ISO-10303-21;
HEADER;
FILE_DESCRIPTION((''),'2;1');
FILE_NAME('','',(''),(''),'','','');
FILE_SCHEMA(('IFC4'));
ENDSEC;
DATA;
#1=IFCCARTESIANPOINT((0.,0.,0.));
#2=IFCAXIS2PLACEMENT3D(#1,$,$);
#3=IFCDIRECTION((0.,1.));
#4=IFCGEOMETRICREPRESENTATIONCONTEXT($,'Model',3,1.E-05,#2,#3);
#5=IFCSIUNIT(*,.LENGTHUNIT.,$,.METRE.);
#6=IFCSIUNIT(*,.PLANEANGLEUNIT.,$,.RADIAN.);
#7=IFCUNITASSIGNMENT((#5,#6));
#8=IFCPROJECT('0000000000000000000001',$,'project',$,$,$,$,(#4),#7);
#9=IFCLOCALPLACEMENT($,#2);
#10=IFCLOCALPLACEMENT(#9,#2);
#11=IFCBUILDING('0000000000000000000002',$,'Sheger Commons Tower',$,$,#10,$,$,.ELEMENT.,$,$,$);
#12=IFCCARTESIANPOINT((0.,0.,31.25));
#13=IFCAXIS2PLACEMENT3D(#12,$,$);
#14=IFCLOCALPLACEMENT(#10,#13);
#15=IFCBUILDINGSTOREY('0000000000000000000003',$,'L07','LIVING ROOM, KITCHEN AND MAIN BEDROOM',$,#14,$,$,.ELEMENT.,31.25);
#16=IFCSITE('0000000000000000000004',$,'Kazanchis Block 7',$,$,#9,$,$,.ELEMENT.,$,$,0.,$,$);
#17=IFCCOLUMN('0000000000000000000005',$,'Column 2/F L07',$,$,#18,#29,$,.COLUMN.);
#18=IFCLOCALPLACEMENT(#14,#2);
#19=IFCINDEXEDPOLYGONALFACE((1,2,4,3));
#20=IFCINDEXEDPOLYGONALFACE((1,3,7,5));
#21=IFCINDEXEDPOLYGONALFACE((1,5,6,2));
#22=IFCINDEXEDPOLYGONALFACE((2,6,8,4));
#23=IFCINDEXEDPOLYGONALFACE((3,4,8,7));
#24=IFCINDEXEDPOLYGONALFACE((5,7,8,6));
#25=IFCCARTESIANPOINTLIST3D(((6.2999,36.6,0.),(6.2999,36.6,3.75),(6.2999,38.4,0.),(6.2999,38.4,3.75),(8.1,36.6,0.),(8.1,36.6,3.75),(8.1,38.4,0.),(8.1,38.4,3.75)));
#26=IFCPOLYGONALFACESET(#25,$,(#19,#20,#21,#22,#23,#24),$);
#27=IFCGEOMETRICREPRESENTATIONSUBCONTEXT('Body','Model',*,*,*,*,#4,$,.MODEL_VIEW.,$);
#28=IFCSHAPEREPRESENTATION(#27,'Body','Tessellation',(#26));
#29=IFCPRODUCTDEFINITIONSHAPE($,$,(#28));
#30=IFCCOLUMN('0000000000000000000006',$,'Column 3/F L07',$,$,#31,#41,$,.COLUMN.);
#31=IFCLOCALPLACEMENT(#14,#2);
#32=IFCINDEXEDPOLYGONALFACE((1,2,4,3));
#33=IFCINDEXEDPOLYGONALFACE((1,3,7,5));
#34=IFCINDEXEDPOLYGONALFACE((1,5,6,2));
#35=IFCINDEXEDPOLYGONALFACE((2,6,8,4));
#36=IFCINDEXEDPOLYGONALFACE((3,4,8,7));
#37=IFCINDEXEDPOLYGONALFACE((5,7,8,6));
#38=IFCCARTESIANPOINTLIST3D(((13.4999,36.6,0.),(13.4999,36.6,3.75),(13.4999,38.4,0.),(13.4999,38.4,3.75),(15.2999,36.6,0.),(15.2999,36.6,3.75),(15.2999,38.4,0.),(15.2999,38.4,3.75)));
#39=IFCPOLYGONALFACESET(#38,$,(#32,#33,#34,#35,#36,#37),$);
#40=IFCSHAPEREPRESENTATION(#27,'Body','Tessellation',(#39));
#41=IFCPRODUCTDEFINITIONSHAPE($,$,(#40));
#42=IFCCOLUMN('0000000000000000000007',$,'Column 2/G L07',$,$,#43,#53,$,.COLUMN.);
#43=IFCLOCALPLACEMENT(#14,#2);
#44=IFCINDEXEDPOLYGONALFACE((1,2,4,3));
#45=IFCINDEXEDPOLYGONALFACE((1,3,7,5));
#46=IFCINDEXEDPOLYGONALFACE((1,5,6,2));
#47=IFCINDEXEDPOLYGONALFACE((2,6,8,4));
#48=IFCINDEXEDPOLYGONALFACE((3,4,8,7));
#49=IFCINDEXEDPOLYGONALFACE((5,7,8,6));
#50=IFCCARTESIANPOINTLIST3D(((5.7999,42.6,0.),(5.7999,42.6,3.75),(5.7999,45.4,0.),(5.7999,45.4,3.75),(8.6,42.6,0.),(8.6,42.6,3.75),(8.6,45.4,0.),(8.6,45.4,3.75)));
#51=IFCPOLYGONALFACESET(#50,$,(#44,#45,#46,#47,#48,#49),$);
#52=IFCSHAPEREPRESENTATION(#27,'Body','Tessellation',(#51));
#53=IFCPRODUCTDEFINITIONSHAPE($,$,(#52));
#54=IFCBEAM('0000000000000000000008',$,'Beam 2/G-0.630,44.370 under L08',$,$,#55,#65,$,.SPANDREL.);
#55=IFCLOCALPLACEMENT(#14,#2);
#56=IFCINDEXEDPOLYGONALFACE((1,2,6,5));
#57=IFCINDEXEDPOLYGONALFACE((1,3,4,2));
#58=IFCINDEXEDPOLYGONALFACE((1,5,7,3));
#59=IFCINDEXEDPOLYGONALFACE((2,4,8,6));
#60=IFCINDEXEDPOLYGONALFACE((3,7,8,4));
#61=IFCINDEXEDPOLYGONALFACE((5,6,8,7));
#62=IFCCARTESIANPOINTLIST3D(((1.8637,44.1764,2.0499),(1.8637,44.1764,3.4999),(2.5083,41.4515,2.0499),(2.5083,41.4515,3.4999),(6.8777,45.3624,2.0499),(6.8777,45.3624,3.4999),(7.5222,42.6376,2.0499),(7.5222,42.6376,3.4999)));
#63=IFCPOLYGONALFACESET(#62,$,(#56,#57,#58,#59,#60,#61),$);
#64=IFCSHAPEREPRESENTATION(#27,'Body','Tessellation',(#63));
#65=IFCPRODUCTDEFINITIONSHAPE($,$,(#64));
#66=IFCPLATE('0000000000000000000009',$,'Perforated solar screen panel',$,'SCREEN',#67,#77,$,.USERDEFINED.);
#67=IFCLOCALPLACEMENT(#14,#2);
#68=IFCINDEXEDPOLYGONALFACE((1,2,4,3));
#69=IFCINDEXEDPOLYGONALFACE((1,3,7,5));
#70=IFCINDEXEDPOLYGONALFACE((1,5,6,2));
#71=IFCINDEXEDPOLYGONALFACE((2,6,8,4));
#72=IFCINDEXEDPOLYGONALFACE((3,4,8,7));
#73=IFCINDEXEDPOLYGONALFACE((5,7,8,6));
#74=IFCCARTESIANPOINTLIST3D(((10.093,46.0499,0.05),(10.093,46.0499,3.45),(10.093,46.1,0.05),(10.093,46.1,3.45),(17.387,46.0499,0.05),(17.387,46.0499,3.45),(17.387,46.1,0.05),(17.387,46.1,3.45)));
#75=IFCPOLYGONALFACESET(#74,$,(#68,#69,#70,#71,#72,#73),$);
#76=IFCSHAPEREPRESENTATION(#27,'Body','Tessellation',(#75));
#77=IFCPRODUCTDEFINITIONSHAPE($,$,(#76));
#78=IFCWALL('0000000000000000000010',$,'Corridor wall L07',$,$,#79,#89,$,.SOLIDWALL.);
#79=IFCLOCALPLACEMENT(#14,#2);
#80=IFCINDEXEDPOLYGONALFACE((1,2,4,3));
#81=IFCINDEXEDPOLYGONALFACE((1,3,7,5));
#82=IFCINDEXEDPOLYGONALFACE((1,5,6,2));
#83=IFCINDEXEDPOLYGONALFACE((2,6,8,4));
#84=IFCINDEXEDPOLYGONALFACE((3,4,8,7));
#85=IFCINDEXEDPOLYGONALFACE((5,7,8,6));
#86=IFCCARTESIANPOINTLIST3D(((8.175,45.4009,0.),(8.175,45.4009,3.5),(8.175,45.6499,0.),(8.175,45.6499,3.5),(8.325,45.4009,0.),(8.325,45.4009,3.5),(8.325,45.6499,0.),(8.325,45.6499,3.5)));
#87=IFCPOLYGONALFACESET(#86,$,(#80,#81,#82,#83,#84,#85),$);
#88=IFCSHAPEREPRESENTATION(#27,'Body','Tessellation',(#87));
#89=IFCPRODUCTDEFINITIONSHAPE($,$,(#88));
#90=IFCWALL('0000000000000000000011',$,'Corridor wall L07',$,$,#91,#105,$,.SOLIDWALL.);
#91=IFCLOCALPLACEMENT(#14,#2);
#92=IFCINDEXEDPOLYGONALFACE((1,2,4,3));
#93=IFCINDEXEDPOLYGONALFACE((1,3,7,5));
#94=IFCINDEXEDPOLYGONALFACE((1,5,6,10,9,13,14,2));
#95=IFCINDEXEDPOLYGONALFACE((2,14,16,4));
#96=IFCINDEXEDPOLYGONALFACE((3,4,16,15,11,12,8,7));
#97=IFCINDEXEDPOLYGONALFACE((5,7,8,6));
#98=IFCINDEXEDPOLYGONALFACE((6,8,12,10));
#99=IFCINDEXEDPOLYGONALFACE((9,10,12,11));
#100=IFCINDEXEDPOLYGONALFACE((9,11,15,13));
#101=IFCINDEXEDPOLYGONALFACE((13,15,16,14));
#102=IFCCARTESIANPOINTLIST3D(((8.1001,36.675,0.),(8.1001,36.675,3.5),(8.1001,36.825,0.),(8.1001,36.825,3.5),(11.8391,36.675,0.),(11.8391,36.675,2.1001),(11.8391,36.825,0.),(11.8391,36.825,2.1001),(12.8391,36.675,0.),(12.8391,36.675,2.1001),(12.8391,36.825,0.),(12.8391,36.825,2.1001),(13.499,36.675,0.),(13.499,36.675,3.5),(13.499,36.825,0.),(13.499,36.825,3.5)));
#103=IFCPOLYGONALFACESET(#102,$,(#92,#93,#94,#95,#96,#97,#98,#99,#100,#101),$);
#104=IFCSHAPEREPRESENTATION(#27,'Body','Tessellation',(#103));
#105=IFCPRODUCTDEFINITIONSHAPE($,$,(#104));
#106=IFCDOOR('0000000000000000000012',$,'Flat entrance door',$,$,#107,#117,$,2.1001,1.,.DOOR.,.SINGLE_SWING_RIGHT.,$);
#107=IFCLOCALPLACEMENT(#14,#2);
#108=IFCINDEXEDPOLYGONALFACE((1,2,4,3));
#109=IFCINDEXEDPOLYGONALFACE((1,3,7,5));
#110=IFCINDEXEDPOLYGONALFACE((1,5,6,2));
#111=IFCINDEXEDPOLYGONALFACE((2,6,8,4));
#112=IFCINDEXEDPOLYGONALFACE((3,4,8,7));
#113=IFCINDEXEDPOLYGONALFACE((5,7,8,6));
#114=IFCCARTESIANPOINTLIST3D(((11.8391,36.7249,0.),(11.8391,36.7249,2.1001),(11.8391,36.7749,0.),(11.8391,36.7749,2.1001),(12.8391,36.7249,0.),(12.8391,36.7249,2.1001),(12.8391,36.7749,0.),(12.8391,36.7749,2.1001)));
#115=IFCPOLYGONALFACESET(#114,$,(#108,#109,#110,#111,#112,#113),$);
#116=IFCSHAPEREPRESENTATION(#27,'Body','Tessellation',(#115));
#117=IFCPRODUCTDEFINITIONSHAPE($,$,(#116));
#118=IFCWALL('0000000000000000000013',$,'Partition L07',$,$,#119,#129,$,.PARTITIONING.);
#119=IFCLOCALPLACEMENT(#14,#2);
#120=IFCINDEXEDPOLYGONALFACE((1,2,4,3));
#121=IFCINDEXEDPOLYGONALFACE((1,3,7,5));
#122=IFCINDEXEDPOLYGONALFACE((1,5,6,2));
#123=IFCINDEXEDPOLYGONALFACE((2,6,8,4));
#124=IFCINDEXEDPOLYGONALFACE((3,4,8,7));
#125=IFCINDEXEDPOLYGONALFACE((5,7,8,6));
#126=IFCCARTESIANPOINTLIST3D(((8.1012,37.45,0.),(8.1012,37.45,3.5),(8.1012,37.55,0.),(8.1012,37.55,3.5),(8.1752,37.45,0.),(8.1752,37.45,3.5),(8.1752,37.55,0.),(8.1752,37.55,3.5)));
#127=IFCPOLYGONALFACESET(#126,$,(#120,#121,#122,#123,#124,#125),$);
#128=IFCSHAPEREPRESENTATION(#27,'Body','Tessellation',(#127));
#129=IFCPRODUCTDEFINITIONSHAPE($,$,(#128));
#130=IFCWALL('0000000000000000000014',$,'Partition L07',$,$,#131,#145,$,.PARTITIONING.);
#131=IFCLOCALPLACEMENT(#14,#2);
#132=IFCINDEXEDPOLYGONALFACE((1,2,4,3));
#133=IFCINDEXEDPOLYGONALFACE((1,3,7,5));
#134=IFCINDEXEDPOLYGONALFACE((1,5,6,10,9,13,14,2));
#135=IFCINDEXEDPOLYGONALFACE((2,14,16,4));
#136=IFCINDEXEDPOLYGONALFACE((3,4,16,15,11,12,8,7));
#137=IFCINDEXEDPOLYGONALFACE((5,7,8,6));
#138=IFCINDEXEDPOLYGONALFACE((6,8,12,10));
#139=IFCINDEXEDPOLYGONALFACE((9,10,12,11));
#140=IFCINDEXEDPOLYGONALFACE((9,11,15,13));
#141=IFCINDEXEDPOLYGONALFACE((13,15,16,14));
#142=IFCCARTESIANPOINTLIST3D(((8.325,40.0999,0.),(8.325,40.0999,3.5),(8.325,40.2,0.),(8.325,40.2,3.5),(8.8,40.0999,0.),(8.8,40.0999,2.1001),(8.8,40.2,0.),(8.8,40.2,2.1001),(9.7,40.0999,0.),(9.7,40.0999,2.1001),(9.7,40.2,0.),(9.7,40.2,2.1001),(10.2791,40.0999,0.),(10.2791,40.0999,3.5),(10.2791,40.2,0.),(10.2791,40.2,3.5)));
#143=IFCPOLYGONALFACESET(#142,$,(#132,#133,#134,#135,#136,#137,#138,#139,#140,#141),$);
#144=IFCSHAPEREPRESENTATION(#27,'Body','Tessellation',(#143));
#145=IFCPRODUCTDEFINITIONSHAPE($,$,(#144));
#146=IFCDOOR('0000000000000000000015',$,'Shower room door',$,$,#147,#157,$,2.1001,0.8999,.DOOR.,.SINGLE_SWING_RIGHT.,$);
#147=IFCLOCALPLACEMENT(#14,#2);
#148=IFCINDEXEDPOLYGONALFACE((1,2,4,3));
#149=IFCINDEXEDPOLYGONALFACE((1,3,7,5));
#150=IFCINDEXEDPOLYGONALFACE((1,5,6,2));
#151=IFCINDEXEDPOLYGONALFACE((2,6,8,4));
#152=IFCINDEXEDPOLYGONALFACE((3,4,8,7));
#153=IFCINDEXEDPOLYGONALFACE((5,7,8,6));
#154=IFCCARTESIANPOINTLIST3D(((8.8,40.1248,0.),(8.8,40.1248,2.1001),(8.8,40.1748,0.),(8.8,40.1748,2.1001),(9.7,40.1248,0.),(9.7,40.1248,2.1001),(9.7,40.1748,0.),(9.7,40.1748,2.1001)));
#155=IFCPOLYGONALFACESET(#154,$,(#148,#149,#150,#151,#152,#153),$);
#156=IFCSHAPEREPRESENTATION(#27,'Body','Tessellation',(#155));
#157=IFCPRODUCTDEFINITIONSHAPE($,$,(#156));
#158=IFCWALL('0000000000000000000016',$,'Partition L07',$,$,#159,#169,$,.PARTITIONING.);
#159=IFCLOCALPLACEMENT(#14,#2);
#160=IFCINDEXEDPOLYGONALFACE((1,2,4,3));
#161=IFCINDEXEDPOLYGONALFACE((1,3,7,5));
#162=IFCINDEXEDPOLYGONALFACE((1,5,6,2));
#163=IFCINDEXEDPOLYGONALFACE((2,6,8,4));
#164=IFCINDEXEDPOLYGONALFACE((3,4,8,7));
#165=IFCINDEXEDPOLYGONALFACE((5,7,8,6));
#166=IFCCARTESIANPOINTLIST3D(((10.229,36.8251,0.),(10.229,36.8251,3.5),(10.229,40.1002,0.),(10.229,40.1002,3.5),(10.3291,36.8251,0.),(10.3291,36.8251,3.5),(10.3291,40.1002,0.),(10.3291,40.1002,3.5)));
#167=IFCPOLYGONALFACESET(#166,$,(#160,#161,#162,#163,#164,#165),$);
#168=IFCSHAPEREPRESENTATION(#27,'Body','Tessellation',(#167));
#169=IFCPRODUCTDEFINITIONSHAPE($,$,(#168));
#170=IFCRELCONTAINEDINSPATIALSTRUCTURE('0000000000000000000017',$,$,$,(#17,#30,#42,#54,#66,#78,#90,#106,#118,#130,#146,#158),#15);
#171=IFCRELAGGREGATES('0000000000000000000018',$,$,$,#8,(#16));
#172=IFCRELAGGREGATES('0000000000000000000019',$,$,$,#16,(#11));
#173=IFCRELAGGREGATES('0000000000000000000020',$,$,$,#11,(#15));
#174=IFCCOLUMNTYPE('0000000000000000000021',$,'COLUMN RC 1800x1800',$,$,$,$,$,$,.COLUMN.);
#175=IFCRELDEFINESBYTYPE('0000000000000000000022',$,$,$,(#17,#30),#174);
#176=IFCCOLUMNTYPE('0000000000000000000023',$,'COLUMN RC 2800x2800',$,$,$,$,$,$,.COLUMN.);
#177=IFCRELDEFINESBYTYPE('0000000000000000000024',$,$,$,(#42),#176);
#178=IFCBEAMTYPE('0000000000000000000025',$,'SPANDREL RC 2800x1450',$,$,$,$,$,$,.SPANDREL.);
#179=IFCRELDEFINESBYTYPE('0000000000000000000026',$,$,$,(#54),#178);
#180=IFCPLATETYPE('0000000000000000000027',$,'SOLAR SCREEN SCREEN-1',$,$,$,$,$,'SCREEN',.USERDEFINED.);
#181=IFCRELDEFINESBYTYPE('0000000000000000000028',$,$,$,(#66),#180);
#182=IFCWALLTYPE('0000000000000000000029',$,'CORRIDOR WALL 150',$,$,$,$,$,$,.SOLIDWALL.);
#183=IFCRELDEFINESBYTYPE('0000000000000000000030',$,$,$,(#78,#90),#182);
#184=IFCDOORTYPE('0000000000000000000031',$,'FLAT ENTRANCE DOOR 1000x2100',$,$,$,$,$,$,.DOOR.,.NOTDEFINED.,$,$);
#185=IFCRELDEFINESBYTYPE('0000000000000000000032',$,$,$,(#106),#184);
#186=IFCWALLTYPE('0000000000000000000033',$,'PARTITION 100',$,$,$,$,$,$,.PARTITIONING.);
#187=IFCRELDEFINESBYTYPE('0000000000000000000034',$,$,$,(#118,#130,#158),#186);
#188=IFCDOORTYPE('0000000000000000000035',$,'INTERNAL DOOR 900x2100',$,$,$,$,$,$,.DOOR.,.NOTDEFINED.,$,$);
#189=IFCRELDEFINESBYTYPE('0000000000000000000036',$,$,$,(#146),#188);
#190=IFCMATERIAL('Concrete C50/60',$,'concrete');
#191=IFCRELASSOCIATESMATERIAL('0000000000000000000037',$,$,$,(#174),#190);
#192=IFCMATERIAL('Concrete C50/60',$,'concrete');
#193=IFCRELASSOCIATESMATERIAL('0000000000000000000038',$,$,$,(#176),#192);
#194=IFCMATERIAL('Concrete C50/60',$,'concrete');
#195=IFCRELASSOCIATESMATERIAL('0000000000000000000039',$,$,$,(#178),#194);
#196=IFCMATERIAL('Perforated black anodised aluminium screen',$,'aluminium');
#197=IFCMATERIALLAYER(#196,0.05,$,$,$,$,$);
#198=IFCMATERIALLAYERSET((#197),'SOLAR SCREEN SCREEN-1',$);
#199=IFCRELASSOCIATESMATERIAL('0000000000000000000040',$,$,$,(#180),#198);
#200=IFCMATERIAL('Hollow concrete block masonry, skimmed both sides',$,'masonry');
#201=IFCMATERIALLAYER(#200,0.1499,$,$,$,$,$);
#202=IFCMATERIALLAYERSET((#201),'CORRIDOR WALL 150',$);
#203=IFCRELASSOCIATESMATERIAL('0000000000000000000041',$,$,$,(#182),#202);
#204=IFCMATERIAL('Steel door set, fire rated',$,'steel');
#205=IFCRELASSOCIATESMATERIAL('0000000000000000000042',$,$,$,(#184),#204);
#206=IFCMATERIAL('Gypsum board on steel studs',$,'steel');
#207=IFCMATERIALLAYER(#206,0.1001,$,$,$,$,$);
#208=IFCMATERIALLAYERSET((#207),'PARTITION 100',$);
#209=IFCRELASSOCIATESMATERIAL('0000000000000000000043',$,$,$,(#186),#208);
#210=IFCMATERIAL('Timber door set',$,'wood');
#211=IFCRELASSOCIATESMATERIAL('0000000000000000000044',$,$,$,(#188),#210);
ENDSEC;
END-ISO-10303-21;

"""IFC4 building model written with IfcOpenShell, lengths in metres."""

from ifc_helpers import new_model, si_unit, direction, frame, frame_2d, origin, origin_2d, place, context, subcontext, project, spatial, rectangle, extrude, material, layer, layer_set, material_profile, profile_set, type_object, element, fill, save


model = new_model("IFC4")

# Units and contexts
model_context = context("Model", 3, precision=1e-05, world=origin(), true_north=direction((0.0, 1.0)))
body_context = subcontext(model_context, "Body", "Model", "MODEL_VIEW")
ifc_project = project(units=[si_unit("LENGTHUNIT", "METRE"), si_unit("PLANEANGLEUNIT", "RADIAN")], contexts=[model_context])

# Site, building, storey
site_placement = place(None, origin())
site = spatial("IfcSite", under=ifc_project, at=site_placement, Name="Kazanchis Block 7", CompositionType="ELEMENT", RefElevation=0.0)
building_placement = place(site_placement, origin())
building = spatial("IfcBuilding", under=site, at=building_placement, Name="Sheger Commons Tower", CompositionType="ELEMENT")
storey_placement = place(building_placement, frame((0.0, 0.0, 31.25)))
storey = spatial("IfcBuildingStorey", under=building, at=storey_placement, Name="L07", Description="LIVING ROOM, KITCHEN AND MAIN BEDROOM", CompositionType="ELEMENT", Elevation=31.25)

# Columns
ifc_material_1 = material(Name="Concrete C50/60", Category="concrete")
ifc_material_profile_1 = material_profile(ifc_material_1, rectangle(XDim=1.8, YDim=1.8, at=origin_2d()), Name="RC 1800x1800")
ifc_profile_set_1 = profile_set([ifc_material_profile_1], Name="Concrete C50/60")
column_type_1 = type_object("IfcColumnType", Name="COLUMN RC 1800x1800", PredefinedType="COLUMN", material=ifc_profile_set_1)
for number, where, z_axis, x_axis, name in (
    (1, (7.2, 37.5, 0.0), (0.0, 0.0, 1.0), (1.0, 0.0, 0.0), "Column 2/F L07"),
    (2, (14.3999, 37.5, 0.0), (0.0, 0.0, 1.0), (1.0, 0.0, 0.0), "Column 3/F L07"),
):
    element("IfcColumn", number, at=place(storey_placement, frame(where, z_axis=z_axis, x_axis=x_axis)), inside=storey, type_object=column_type_1, Name=name, PredefinedType="COLUMN", context=body_context, shape_type="SweptSolid", body=[
        extrude(rectangle(XDim=1.8, YDim=1.8, at=origin_2d()), origin(), (0.0, 0.0, 1.0), 3.75),
    ])
ifc_material_2 = material(Name="Concrete C50/60", Category="concrete")
ifc_material_profile_2 = material_profile(ifc_material_2, rectangle(XDim=2.8, YDim=2.8, at=origin_2d()), Name="RC 2800x2800")
ifc_profile_set_2 = profile_set([ifc_material_profile_2], Name="Concrete C50/60")
column_type_2 = type_object("IfcColumnType", Name="COLUMN RC 2800x2800", PredefinedType="COLUMN", material=ifc_profile_set_2)
column_placement = place(storey_placement, frame((7.2, 44.0, 0.0), z_axis=(0.0, 0.0, 1.0), x_axis=(1.0, 0.0, 0.0)))
element("IfcColumn", 3, at=column_placement, inside=storey, type_object=column_type_2, Name="Column 2/G L07", PredefinedType="COLUMN", context=body_context, shape_type="SweptSolid", body=[
    extrude(rectangle(XDim=2.8, YDim=2.8, at=origin_2d()), origin(), (0.0, 0.0, 1.0), 3.75),
])

# Beam
ifc_material_3 = material(Name="Concrete C50/60", Category="concrete")
ifc_material_profile_3 = material_profile(ifc_material_3, rectangle(XDim=2.8, YDim=1.45, at=origin_2d()), Name="RC 2800x1450")
ifc_profile_set_3 = profile_set([ifc_material_profile_3], Name="Concrete C50/60")
beam_type = type_object("IfcBeamType", Name="SPANDREL RC 2800x1450", PredefinedType="SPANDREL", material=ifc_profile_set_3)
beam_placement = place(storey_placement, frame((7.2, 44.0, 2.7749), z_axis=(-0.973144, -0.230196, 0.0), x_axis=(0.230196, -0.973144, 0.0)))
element("IfcBeam", 4, at=beam_placement, inside=storey, type_object=beam_type, Name="Beam 2/G-0.630,44.370 under L08", PredefinedType="SPANDREL", context=body_context, shape_type="SweptSolid", body=[
    extrude(rectangle(XDim=2.8, YDim=1.45, at=origin_2d()), origin(), (0.0, 0.0, 1.0), 5.1523),
])

# Plate
ifc_material_4 = material(Name="Perforated black anodised aluminium screen", Category="aluminium")
ifc_layer_1 = layer(ifc_material_4, 0.05)
ifc_layer_set_1 = layer_set([ifc_layer_1], Name="SOLAR SCREEN SCREEN-1")
plate_type = type_object("IfcPlateType", Name="SOLAR SCREEN SCREEN-1", ElementType="SCREEN", PredefinedType="USERDEFINED", material=ifc_layer_set_1)
plate_placement = place(storey_placement, frame((13.74, 46.075, 0.05), z_axis=(0.0, 0.0, 1.0), x_axis=(-1.0, 0.0, 0.0)))
element("IfcPlate", 5, at=plate_placement, inside=storey, type_object=plate_type, Name="Perforated solar screen panel", ObjectType="SCREEN", PredefinedType="USERDEFINED", context=body_context, shape_type="SweptSolid", body=[
    extrude(rectangle(XDim=7.2939, YDim=0.05, at=origin_2d()), origin(), (0.0, 0.0, 1.0), 3.3999),
])

# Wall
ifc_material_5 = material(Name="Hollow concrete block masonry, skimmed both sides", Category="masonry")
ifc_layer_2 = layer(ifc_material_5, 0.1499)
ifc_layer_set_2 = layer_set([ifc_layer_2], Name="CORRIDOR WALL 150")
wall_type_1 = type_object("IfcWallType", Name="CORRIDOR WALL 150", PredefinedType="SOLIDWALL", material=ifc_layer_set_2)
wall_1_placement = place(storey_placement, frame((8.25, 45.4009, 0.0), z_axis=(0.0, 0.0, 1.0), x_axis=(0.0, 1.0, 0.0)))
element("IfcWall", 6, at=wall_1_placement, inside=storey, type_object=wall_type_1, Name="Corridor wall L07", PredefinedType="SOLIDWALL", context=body_context, shape_type="SweptSolid", body=[
    extrude(rectangle(XDim=0.249, YDim=0.1499, at=frame_2d((0.1245, 0.0))), origin(), (0.0, 0.0, 1.0), 3.5),
])

# Wall, opening, door
wall_2_placement = place(storey_placement, frame((8.1001, 36.75, 0.0), z_axis=(0.0, 0.0, 1.0), x_axis=(1.0, 0.0, 0.0)))
wall_2 = element("IfcWall", 7, at=wall_2_placement, inside=storey, type_object=wall_type_1, Name="Corridor wall L07", PredefinedType="SOLIDWALL", context=body_context, shape_type="SweptSolid", body=[
    extrude(rectangle(XDim=5.3989, YDim=0.1499, at=frame_2d((2.6995, 0.0))), origin(), (0.0, 0.0, 1.0), 3.5),
])
opening_1_placement = place(wall_2_placement, frame((3.739, 0.0, 0.0)))
opening_1 = element("IfcOpeningElement", 8, at=opening_1_placement, cuts=wall_2, PredefinedType="OPENING", context=body_context, shape_type="SweptSolid", body=[
    extrude(rectangle(XDim=1.0, YDim=2.1001, at=frame_2d((0.5, 1.05))), frame((0.0, 0.085, 0.0), z_axis=(0.0, -1.0, 0.0), x_axis=(1.0, 0.0, 0.0)), (0.0, 0.0, 1.0), 0.1699),
])
ifc_material_6 = material(Name="Steel door set, fire rated", Category="steel")
door_type_1 = type_object("IfcDoorType", Name="FLAT ENTRANCE DOOR 1000x2100", OperationType="NOTDEFINED", PredefinedType="DOOR", material=ifc_material_6)
door_1_placement = place(opening_1_placement, origin())
door_1 = element("IfcDoor", 9, at=door_1_placement, inside=storey, type_object=door_type_1, Name="Flat entrance door", OperationType="SINGLE_SWING_RIGHT", OverallHeight=2.1001, OverallWidth=1.0, PredefinedType="DOOR", context=body_context, shape_type="SweptSolid", body=[
    extrude(rectangle(XDim=1.0, YDim=2.1001, at=frame_2d((0.5, 1.05))), frame((0.0, 0.0249, 0.0), z_axis=(0.0, -1.0, 0.0), x_axis=(1.0, 0.0, 0.0)), (0.0, 0.0, 1.0), 0.05),
])
fill(opening_1, door_1)

# Wall
ifc_material_7 = material(Name="Gypsum board on steel studs", Category="steel")
ifc_layer_3 = layer(ifc_material_7, 0.1001)
ifc_layer_set_3 = layer_set([ifc_layer_3], Name="PARTITION 100")
wall_type_2 = type_object("IfcWallType", Name="PARTITION 100", PredefinedType="PARTITIONING", material=ifc_layer_set_3)
wall_3_placement = place(storey_placement, frame((8.1011, 37.5, 0.0), z_axis=(0.0, 0.0, 1.0), x_axis=(1.0, 0.0, 0.0)))
element("IfcWall", 10, at=wall_3_placement, inside=storey, type_object=wall_type_2, Name="Partition L07", PredefinedType="PARTITIONING", context=body_context, shape_type="SweptSolid", body=[
    extrude(rectangle(XDim=0.074, YDim=0.1001, at=frame_2d((0.0371, 0.0))), origin(), (0.0, 0.0, 1.0), 3.5),
])

# Wall, opening, door
wall_4_placement = place(storey_placement, frame((8.325, 40.1499, 0.0), z_axis=(0.0, 0.0, 1.0), x_axis=(1.0, 0.0, 0.0)))
wall_4 = element("IfcWall", 11, at=wall_4_placement, inside=storey, type_object=wall_type_2, Name="Partition L07", PredefinedType="PARTITIONING", context=body_context, shape_type="SweptSolid", body=[
    extrude(rectangle(XDim=1.9541, YDim=0.1001, at=frame_2d((0.9771, 0.0))), origin(), (0.0, 0.0, 1.0), 3.5),
])
opening_2_placement = place(wall_4_placement, frame((0.4751, 0.0, 0.0)))
opening_2 = element("IfcOpeningElement", 12, at=opening_2_placement, cuts=wall_4, PredefinedType="OPENING", context=body_context, shape_type="SweptSolid", body=[
    extrude(rectangle(XDim=0.8999, YDim=2.1001, at=frame_2d((0.45, 1.05))), frame((0.0, 0.0601, 0.0), z_axis=(0.0, -1.0, 0.0), x_axis=(1.0, 0.0, 0.0)), (0.0, 0.0, 1.0), 0.1201),
])
ifc_material_8 = material(Name="Timber door set", Category="wood")
door_type_2 = type_object("IfcDoorType", Name="INTERNAL DOOR 900x2100", OperationType="NOTDEFINED", PredefinedType="DOOR", material=ifc_material_8)
door_2_placement = place(opening_2_placement, origin())
door_2 = element("IfcDoor", 13, at=door_2_placement, inside=storey, type_object=door_type_2, Name="Shower room door", OperationType="SINGLE_SWING_RIGHT", OverallHeight=2.1001, OverallWidth=0.8999, PredefinedType="DOOR", context=body_context, shape_type="SweptSolid", body=[
    extrude(rectangle(XDim=0.8999, YDim=2.1001, at=frame_2d((0.45, 1.05))), frame((0.0, 0.0249, 0.0), z_axis=(0.0, -1.0, 0.0), x_axis=(1.0, 0.0, 0.0)), (0.0, 0.0, 1.0), 0.05),
])
fill(opening_2, door_2)

# Wall
wall_5_placement = place(storey_placement, frame((10.2791, 36.825, 0.0), z_axis=(0.0, 0.0, 1.0), x_axis=(0.0, 1.0, 0.0)))
element("IfcWall", 14, at=wall_5_placement, inside=storey, type_object=wall_type_2, Name="Partition L07", PredefinedType="PARTITIONING", context=body_context, shape_type="SweptSolid", body=[
    extrude(rectangle(XDim=3.2751, YDim=0.1001, at=frame_2d((1.6377, 0.0))), origin(), (0.0, 0.0, 1.0), 3.5),
])

save(model, "model.ifc")
